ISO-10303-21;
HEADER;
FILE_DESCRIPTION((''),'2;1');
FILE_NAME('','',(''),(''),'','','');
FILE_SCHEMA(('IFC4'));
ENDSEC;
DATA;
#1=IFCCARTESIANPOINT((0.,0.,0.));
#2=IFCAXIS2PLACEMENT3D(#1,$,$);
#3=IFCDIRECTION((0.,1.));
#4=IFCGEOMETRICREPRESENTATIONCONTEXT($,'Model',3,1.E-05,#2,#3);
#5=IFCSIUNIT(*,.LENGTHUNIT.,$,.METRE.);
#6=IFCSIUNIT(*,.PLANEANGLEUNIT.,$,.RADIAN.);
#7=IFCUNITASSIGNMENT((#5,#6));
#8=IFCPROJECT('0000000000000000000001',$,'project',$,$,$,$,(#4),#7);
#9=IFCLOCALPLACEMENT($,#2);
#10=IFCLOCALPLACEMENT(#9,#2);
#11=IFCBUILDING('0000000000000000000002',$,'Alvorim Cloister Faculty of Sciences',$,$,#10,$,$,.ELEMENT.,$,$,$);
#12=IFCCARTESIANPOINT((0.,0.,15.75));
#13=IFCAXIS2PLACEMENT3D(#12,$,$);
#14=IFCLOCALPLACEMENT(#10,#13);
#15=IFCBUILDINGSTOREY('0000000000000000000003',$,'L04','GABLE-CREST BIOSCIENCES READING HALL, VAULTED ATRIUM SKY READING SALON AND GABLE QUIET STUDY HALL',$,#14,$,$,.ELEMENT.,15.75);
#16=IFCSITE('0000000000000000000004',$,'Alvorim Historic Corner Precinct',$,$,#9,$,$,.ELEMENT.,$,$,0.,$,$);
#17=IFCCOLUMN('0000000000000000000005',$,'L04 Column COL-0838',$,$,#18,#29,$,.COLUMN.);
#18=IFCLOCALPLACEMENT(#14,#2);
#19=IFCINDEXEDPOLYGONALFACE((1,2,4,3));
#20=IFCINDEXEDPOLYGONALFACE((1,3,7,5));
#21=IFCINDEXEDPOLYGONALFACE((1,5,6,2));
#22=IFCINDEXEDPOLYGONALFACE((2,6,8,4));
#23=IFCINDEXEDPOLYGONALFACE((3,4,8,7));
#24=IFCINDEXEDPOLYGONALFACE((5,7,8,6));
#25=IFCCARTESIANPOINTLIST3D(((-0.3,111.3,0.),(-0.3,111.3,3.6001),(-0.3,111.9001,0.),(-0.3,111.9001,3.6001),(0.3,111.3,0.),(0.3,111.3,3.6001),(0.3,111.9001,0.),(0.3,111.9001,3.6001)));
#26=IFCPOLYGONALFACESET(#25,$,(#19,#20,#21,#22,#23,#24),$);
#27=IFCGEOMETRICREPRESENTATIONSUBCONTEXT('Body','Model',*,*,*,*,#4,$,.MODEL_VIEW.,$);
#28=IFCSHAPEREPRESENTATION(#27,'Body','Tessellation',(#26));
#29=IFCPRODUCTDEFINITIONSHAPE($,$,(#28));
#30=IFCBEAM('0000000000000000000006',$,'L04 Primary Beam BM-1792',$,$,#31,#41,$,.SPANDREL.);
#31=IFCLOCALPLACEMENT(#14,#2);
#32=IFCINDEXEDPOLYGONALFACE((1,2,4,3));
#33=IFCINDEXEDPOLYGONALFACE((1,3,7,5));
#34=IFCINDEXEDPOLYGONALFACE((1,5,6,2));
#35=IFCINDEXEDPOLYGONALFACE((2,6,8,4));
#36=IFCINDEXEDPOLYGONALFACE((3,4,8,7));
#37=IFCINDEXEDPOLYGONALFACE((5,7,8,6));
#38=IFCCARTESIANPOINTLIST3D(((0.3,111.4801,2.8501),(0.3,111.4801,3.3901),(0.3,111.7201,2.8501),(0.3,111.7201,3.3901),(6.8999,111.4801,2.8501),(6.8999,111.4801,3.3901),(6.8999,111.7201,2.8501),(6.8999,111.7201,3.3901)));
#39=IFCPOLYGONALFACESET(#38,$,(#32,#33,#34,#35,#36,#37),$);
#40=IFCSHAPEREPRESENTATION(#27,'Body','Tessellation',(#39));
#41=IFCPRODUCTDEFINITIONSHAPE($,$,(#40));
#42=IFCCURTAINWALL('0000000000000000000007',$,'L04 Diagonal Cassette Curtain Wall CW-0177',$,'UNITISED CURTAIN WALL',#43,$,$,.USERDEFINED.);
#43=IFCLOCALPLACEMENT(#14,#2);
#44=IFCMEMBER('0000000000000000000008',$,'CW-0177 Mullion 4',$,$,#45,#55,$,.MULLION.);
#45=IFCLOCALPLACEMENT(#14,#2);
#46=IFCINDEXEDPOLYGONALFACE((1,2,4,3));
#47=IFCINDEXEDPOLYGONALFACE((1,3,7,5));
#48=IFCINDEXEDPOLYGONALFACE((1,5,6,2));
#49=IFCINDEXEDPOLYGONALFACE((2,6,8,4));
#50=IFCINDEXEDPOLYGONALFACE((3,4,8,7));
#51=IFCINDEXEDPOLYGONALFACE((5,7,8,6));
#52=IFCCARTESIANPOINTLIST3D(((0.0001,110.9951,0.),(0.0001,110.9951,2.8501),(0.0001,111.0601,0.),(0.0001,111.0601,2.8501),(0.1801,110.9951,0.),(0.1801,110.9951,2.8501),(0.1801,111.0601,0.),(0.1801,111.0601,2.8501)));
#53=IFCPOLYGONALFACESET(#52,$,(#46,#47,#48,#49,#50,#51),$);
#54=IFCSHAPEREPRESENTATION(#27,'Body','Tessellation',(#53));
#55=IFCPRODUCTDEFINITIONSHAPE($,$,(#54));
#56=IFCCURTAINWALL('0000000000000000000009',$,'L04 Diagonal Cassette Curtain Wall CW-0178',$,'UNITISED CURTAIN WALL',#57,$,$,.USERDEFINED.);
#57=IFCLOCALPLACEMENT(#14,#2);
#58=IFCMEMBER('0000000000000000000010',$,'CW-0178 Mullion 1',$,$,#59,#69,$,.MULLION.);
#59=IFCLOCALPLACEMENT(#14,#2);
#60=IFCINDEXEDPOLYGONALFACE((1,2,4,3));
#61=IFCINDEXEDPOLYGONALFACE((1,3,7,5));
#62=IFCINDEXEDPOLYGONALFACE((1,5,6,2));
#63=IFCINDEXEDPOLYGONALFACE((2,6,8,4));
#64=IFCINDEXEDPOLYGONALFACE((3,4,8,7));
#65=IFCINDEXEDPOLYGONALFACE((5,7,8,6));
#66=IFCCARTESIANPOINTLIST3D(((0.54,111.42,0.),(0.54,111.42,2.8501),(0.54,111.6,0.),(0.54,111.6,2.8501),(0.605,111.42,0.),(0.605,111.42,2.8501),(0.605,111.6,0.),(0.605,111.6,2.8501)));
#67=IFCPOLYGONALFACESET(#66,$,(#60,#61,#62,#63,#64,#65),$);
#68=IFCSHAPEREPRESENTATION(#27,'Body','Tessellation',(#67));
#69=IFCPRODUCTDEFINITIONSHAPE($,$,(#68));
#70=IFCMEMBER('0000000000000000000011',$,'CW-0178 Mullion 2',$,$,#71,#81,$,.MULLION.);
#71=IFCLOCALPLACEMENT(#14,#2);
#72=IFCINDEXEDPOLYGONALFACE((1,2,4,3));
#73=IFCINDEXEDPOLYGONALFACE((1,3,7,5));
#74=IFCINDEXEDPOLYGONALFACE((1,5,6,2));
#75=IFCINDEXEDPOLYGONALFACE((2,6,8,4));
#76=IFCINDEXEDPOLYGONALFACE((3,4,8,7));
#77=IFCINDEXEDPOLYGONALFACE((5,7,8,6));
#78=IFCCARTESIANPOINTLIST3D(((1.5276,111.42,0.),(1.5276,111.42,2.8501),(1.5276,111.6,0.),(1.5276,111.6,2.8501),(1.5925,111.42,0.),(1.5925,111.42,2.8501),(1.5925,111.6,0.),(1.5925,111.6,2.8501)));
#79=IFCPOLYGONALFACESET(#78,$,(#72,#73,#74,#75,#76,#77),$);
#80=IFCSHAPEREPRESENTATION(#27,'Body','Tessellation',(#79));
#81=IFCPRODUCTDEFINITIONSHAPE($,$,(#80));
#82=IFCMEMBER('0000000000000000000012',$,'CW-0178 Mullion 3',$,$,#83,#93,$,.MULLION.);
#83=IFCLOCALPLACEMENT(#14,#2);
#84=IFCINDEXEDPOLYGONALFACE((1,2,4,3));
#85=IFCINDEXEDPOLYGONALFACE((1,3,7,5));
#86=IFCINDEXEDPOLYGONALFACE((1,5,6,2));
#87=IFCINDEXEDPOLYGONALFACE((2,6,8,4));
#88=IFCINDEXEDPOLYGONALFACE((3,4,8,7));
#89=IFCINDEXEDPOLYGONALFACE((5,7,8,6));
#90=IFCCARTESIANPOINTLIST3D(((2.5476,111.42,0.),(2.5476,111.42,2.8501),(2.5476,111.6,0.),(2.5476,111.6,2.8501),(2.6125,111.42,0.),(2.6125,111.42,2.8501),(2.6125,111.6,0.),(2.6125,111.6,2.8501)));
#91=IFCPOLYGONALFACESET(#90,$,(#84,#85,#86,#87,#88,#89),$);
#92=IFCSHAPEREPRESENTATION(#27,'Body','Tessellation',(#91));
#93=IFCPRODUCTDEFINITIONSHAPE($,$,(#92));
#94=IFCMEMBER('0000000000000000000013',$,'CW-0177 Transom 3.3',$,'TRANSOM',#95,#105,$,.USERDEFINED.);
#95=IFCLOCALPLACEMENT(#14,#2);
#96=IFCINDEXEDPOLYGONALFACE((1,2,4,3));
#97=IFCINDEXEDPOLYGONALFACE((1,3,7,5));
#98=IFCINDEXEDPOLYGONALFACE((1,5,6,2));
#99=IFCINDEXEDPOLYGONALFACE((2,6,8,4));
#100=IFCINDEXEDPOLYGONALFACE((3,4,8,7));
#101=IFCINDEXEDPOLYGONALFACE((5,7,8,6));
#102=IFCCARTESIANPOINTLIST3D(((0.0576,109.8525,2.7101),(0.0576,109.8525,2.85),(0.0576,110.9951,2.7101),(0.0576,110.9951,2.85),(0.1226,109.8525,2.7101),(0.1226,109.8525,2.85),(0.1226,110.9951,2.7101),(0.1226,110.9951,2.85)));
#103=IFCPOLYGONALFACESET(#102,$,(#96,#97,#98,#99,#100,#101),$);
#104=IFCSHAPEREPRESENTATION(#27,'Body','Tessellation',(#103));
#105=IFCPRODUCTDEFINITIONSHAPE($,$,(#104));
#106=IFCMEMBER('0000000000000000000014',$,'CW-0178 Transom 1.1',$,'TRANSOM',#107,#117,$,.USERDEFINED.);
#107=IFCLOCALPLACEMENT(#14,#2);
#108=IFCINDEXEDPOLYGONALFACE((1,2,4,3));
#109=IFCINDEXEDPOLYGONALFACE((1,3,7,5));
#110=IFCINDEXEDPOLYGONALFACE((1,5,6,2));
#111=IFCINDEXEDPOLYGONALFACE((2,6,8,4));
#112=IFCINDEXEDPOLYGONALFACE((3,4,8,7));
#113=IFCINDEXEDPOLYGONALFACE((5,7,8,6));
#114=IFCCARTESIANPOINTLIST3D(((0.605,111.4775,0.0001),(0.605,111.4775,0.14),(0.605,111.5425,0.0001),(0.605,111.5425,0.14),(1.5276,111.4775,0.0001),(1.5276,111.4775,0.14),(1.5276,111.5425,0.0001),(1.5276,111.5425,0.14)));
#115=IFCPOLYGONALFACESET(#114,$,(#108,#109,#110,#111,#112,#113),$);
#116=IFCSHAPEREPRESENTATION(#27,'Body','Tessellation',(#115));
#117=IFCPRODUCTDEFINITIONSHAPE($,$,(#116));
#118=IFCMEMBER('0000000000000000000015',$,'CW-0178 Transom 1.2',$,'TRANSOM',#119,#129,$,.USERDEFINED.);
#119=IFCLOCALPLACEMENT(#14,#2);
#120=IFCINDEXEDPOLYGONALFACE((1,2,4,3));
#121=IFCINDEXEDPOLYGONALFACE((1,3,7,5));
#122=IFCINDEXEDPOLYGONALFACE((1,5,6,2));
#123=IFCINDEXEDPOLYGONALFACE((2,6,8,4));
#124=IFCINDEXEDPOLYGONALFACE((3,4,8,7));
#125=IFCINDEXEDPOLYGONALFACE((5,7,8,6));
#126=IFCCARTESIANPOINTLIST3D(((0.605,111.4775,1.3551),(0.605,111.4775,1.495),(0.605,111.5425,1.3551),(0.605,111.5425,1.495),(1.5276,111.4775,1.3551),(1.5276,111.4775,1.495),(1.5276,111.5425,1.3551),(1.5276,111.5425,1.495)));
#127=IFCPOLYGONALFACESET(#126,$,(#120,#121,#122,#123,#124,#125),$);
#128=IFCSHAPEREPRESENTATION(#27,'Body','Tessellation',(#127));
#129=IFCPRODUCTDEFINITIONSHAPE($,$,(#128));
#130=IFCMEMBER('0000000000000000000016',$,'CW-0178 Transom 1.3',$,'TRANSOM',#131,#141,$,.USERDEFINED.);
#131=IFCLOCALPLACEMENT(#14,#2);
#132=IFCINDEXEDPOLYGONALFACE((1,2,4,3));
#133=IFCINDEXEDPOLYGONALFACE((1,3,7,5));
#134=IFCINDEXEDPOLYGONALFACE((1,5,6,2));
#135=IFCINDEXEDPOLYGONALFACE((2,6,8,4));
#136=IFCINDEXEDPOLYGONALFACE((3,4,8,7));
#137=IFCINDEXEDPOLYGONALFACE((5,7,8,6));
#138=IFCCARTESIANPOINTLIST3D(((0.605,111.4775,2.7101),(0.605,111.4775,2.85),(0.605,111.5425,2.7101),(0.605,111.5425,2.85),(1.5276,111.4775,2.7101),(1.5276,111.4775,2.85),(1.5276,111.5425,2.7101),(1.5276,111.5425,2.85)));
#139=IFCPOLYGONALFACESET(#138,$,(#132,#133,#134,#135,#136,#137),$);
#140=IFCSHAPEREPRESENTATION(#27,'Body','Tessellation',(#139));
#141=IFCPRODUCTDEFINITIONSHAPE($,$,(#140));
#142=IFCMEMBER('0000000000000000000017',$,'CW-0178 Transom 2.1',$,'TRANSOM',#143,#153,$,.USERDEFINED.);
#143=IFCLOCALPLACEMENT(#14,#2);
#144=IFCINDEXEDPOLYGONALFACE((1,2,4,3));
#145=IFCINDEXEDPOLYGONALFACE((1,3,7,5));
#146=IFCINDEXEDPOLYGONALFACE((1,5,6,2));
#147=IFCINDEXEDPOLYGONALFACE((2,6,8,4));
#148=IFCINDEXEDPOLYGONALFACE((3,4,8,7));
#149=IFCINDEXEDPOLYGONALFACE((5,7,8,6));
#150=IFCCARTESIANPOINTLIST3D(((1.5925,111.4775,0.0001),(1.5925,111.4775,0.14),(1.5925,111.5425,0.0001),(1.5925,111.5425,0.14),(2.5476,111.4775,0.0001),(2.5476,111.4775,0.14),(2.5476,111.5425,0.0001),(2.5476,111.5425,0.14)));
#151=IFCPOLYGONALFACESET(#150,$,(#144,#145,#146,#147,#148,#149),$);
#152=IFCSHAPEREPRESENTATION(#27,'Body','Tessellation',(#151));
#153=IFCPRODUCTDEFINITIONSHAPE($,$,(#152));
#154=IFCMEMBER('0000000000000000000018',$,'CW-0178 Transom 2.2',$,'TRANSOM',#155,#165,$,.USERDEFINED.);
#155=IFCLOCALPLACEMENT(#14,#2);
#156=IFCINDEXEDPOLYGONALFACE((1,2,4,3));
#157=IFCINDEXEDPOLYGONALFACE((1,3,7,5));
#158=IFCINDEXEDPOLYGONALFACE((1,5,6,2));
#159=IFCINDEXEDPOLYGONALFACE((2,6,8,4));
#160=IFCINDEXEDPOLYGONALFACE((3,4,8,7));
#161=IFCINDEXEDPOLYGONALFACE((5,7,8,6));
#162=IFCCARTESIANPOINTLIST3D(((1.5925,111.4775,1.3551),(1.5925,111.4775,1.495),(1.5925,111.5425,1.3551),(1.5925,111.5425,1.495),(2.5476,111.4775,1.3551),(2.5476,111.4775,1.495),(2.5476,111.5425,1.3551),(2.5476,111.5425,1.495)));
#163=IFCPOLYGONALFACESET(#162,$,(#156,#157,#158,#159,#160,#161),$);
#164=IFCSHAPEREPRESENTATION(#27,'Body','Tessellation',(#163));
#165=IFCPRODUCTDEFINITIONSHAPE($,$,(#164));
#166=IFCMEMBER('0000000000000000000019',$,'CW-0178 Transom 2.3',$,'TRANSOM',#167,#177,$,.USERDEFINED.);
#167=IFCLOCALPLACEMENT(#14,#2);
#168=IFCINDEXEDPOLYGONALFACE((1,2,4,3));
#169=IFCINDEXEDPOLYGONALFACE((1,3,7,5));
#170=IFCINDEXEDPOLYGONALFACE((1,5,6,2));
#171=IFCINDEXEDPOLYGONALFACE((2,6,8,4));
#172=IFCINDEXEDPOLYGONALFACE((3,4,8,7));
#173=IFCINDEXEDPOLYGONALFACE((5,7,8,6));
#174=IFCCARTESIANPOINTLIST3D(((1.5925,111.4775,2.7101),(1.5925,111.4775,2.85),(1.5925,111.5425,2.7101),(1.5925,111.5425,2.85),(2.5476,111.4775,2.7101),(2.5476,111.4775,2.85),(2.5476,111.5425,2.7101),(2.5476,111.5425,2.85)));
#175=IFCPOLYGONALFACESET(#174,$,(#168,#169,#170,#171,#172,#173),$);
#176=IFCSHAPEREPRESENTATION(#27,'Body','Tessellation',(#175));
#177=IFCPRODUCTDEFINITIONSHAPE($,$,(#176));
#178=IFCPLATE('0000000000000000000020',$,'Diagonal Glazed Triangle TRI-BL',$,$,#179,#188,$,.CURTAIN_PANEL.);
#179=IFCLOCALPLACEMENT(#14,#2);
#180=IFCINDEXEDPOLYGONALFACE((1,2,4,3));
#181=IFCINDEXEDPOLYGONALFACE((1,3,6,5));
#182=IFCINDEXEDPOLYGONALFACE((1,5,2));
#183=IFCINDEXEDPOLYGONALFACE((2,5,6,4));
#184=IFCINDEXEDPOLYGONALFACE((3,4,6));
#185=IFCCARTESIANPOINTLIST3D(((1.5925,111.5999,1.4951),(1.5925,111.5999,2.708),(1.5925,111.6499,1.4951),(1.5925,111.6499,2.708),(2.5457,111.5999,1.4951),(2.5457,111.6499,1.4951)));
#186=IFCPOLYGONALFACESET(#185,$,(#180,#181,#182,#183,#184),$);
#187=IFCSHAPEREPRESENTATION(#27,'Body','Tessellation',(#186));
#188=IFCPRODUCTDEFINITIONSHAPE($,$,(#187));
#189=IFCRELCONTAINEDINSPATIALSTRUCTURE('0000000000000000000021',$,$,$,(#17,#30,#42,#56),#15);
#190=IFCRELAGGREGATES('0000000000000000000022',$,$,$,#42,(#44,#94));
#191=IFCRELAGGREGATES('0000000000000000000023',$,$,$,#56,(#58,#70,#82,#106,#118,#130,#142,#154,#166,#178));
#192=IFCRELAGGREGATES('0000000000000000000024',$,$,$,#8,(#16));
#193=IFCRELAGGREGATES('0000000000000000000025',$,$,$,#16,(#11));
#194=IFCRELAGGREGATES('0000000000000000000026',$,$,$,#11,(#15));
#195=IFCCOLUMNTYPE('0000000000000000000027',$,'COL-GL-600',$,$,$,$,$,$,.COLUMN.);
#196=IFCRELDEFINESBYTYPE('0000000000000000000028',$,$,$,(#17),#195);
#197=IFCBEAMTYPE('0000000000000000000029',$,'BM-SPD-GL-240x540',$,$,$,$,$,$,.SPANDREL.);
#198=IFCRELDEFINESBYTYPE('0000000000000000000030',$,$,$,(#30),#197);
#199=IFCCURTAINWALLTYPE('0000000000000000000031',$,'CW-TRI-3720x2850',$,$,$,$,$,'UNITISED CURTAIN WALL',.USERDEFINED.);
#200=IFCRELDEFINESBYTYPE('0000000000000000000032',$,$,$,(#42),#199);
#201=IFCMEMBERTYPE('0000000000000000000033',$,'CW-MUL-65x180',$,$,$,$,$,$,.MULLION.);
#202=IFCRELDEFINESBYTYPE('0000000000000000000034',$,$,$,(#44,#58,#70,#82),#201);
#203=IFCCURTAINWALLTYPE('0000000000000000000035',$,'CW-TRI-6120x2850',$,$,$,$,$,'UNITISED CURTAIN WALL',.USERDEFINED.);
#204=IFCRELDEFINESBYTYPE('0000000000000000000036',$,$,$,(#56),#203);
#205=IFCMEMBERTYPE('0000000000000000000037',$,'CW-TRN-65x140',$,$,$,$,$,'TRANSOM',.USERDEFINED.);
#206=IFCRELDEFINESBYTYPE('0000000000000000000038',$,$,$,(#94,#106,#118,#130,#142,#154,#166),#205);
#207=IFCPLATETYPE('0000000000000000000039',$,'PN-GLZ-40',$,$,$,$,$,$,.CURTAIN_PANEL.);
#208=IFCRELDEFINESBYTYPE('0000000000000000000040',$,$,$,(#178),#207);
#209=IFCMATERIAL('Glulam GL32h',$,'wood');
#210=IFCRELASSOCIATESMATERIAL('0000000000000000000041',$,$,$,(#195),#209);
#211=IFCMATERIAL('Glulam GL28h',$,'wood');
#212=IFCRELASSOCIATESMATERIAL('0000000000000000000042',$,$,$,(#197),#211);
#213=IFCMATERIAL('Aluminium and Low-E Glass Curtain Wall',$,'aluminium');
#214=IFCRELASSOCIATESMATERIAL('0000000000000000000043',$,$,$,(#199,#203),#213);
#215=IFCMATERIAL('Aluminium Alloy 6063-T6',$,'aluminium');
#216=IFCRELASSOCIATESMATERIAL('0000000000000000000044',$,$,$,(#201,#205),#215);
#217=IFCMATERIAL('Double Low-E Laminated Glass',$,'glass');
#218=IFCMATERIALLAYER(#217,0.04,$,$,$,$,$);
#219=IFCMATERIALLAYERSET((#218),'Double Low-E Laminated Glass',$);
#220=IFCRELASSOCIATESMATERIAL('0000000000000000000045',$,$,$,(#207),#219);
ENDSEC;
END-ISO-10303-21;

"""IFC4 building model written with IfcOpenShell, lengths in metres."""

from ifc_helpers import new_model, si_unit, direction, frame, origin, origin_2d, place, context, subcontext, project, spatial, polyline, rectangle, outline, extrude, material, layer, layer_set, material_profile, profile_set, type_object, element, aggregate, save


model = new_model("IFC4")

# Units and contexts
model_context = context("Model", 3, precision=1e-05, world=origin(), true_north=direction((0.0, 1.0)))
body_context = subcontext(model_context, "Body", "Model", "MODEL_VIEW")
ifc_project = project(units=[si_unit("LENGTHUNIT", "METRE"), si_unit("PLANEANGLEUNIT", "RADIAN")], contexts=[model_context])

# Site, building, storey
site_placement = place(None, origin())
site = spatial("IfcSite", under=ifc_project, at=site_placement, Name="Alvorim Historic Corner Precinct", CompositionType="ELEMENT", RefElevation=0.0)
building_placement = place(site_placement, origin())
building = spatial("IfcBuilding", under=site, at=building_placement, Name="Alvorim Cloister Faculty of Sciences", CompositionType="ELEMENT")
storey_placement = place(building_placement, frame((0.0, 0.0, 15.75)))
storey = spatial("IfcBuildingStorey", under=building, at=storey_placement, Name="L04", Description="GABLE-CREST BIOSCIENCES READING HALL, VAULTED ATRIUM SKY READING SALON AND GABLE QUIET STUDY HALL", CompositionType="ELEMENT", Elevation=15.75)

# Column
ifc_material_1 = material(Name="Glulam GL32h", Category="wood")
ifc_material_profile_1 = material_profile(ifc_material_1, rectangle(XDim=0.6001, YDim=0.6001, at=origin_2d()), Name="GL32-COL-600x600")
ifc_profile_set_1 = profile_set([ifc_material_profile_1], Name="Glulam GL32h")
column_type = type_object("IfcColumnType", Name="COL-GL-600", PredefinedType="COLUMN", material=ifc_profile_set_1)
column_placement = place(storey_placement, frame((0.0, 111.6001, 0.0), z_axis=(0.0, 0.0, 1.0), x_axis=(1.0, 0.0, 0.0)))
element("IfcColumn", 1, at=column_placement, inside=storey, type_object=column_type, Name="L04 Column COL-0838", PredefinedType="COLUMN", context=body_context, shape_type="SweptSolid", body=[
    extrude(rectangle(XDim=0.6001, YDim=0.6001, at=origin_2d()), origin(), (0.0, 0.0, 1.0), 3.6001),
])

# Beam
ifc_material_2 = material(Name="Glulam GL28h", Category="wood")
ifc_material_profile_2 = material_profile(ifc_material_2, rectangle(XDim=0.24, YDim=0.54, at=origin_2d()), Name="GL28-SPD-240x540")
ifc_profile_set_2 = profile_set([ifc_material_profile_2], Name="Glulam GL28h")
beam_type = type_object("IfcBeamType", Name="BM-SPD-GL-240x540", PredefinedType="SPANDREL", material=ifc_profile_set_2)
beam_placement = place(storey_placement, frame((0.3, 111.6001, 3.1201), z_axis=(1.0, 0.0, 0.0), x_axis=(0.0, 1.0, 0.0)))
element("IfcBeam", 2, at=beam_placement, inside=storey, type_object=beam_type, Name="L04 Primary Beam BM-1792", PredefinedType="SPANDREL", context=body_context, shape_type="SweptSolid", body=[
    extrude(rectangle(XDim=0.24, YDim=0.54, at=origin_2d()), origin(), (0.0, 0.0, 1.0), 6.5999),
])

# Curtain wall, member
ifc_material_3 = material(Name="Aluminium and Low-E Glass Curtain Wall", Category="aluminium")
curtain_wall_type_1 = type_object("IfcCurtainWallType", Name="CW-TRI-3720x2850", ElementType="UNITISED CURTAIN WALL", PredefinedType="USERDEFINED", material=ifc_material_3)
curtain_wall_1_placement = place(storey_placement, origin())
curtain_wall_1 = element("IfcCurtainWall", 3, at=curtain_wall_1_placement, inside=storey, type_object=curtain_wall_type_1, Name="L04 Diagonal Cassette Curtain Wall CW-0177", ObjectType="UNITISED CURTAIN WALL", PredefinedType="USERDEFINED")
ifc_material_4 = material(Name="Aluminium Alloy 6063-T6", Category="aluminium")
ifc_material_profile_3 = material_profile(ifc_material_4, rectangle(XDim=0.0649, YDim=0.1799, at=origin_2d()), Name="ALU-MUL-65x180")
ifc_profile_set_3 = profile_set([ifc_material_profile_3], Name="Aluminium Alloy 6063-T6")
member_type_1 = type_object("IfcMemberType", Name="CW-MUL-65x180", PredefinedType="MULLION", material=ifc_profile_set_3)
member_1_placement = place(storey_placement, frame((0.0901, 111.0276, 0.0), z_axis=(0.0, 0.0, 1.0), x_axis=(0.0, 1.0, 0.0)))
member_1 = element("IfcMember", 4, at=member_1_placement, type_object=member_type_1, Name="CW-0177 Mullion 4", PredefinedType="MULLION", context=body_context, shape_type="SweptSolid", body=[
    extrude(rectangle(XDim=0.0649, YDim=0.1799, at=origin_2d()), origin(), (0.0, 0.0, 1.0), 2.8501),
])

# Curtain wall, members
curtain_wall_type_2 = type_object("IfcCurtainWallType", Name="CW-TRI-6120x2850", ElementType="UNITISED CURTAIN WALL", PredefinedType="USERDEFINED", material=ifc_material_3)
curtain_wall_2_placement = place(storey_placement, origin())
curtain_wall_2 = element("IfcCurtainWall", 5, at=curtain_wall_2_placement, inside=storey, type_object=curtain_wall_type_2, Name="L04 Diagonal Cassette Curtain Wall CW-0178", ObjectType="UNITISED CURTAIN WALL", PredefinedType="USERDEFINED")
member_2_placement = place(storey_placement, frame((0.5725, 111.51, 0.0), z_axis=(0.0, 0.0, 1.0), x_axis=(1.0, 0.0, 0.0)))
member_2 = element("IfcMember", 6, at=member_2_placement, type_object=member_type_1, Name="CW-0178 Mullion 1", PredefinedType="MULLION", context=body_context, shape_type="SweptSolid", body=[
    extrude(rectangle(XDim=0.0649, YDim=0.1799, at=origin_2d()), origin(), (0.0, 0.0, 1.0), 2.8501),
])
member_3_placement = place(storey_placement, frame((1.5601, 111.51, 0.0), z_axis=(0.0, 0.0, 1.0), x_axis=(1.0, 0.0, 0.0)))
member_3 = element("IfcMember", 7, at=member_3_placement, type_object=member_type_1, Name="CW-0178 Mullion 2", PredefinedType="MULLION", context=body_context, shape_type="SweptSolid", body=[
    extrude(rectangle(XDim=0.0649, YDim=0.1799, at=origin_2d()), origin(), (0.0, 0.0, 1.0), 2.8501),
])
member_4_placement = place(storey_placement, frame((2.5801, 111.51, 0.0), z_axis=(0.0, 0.0, 1.0), x_axis=(1.0, 0.0, 0.0)))
member_4 = element("IfcMember", 8, at=member_4_placement, type_object=member_type_1, Name="CW-0178 Mullion 3", PredefinedType="MULLION", context=body_context, shape_type="SweptSolid", body=[
    extrude(rectangle(XDim=0.0649, YDim=0.1799, at=origin_2d()), origin(), (0.0, 0.0, 1.0), 2.8501),
])

# Members
ifc_material_profile_4 = material_profile(ifc_material_4, rectangle(XDim=0.0649, YDim=0.1399, at=origin_2d()), Name="ALU-TRN-65x140")
ifc_profile_set_4 = profile_set([ifc_material_profile_4], Name="Aluminium Alloy 6063-T6")
member_type_2 = type_object("IfcMemberType", Name="CW-TRN-65x140", ElementType="TRANSOM", PredefinedType="USERDEFINED", material=ifc_profile_set_4)
member_5_placement = place(storey_placement, frame((0.0901, 109.8525, 2.78), z_axis=(0.0, 1.0, 0.0), x_axis=(-1.0, 0.0, 0.0)))
member_5 = element("IfcMember", 9, at=member_5_placement, type_object=member_type_2, Name="CW-0177 Transom 3.3", ObjectType="TRANSOM", PredefinedType="USERDEFINED", context=body_context, shape_type="SweptSolid", body=[
    extrude(rectangle(XDim=0.0649, YDim=0.1399, at=origin_2d()), origin(), (0.0, 0.0, 1.0), 1.1426),
])
aggregate(curtain_wall_1, [member_1, member_5])
member_6_placement = place(storey_placement, frame((0.605, 111.51, 0.0701), z_axis=(1.0, 0.0, 0.0), x_axis=(0.0, 1.0, 0.0)))
member_6 = element("IfcMember", 10, at=member_6_placement, type_object=member_type_2, Name="CW-0178 Transom 1.1", ObjectType="TRANSOM", PredefinedType="USERDEFINED", context=body_context, shape_type="SweptSolid", body=[
    extrude(rectangle(XDim=0.0649, YDim=0.1399, at=origin_2d()), origin(), (0.0, 0.0, 1.0), 0.9226),
])
member_7_placement = place(storey_placement, frame((0.605, 111.51, 1.425), z_axis=(1.0, 0.0, 0.0), x_axis=(0.0, 1.0, 0.0)))
member_7 = element("IfcMember", 11, at=member_7_placement, type_object=member_type_2, Name="CW-0178 Transom 1.2", ObjectType="TRANSOM", PredefinedType="USERDEFINED", context=body_context, shape_type="SweptSolid", body=[
    extrude(rectangle(XDim=0.0649, YDim=0.1399, at=origin_2d()), origin(), (0.0, 0.0, 1.0), 0.9226),
])
member_8_placement = place(storey_placement, frame((0.605, 111.51, 2.78), z_axis=(1.0, 0.0, 0.0), x_axis=(0.0, 1.0, 0.0)))
member_8 = element("IfcMember", 12, at=member_8_placement, type_object=member_type_2, Name="CW-0178 Transom 1.3", ObjectType="TRANSOM", PredefinedType="USERDEFINED", context=body_context, shape_type="SweptSolid", body=[
    extrude(rectangle(XDim=0.0649, YDim=0.1399, at=origin_2d()), origin(), (0.0, 0.0, 1.0), 0.9226),
])
member_9_placement = place(storey_placement, frame((1.5925, 111.51, 0.0701), z_axis=(1.0, 0.0, 0.0), x_axis=(0.0, 1.0, 0.0)))
member_9 = element("IfcMember", 13, at=member_9_placement, type_object=member_type_2, Name="CW-0178 Transom 2.1", ObjectType="TRANSOM", PredefinedType="USERDEFINED", context=body_context, shape_type="SweptSolid", body=[
    extrude(rectangle(XDim=0.0649, YDim=0.1399, at=origin_2d()), origin(), (0.0, 0.0, 1.0), 0.9551),
])
member_10_placement = place(storey_placement, frame((1.5925, 111.51, 1.425), z_axis=(1.0, 0.0, 0.0), x_axis=(0.0, 1.0, 0.0)))
member_10 = element("IfcMember", 14, at=member_10_placement, type_object=member_type_2, Name="CW-0178 Transom 2.2", ObjectType="TRANSOM", PredefinedType="USERDEFINED", context=body_context, shape_type="SweptSolid", body=[
    extrude(rectangle(XDim=0.0649, YDim=0.1399, at=origin_2d()), origin(), (0.0, 0.0, 1.0), 0.9551),
])
member_11_placement = place(storey_placement, frame((1.5925, 111.51, 2.78), z_axis=(1.0, 0.0, 0.0), x_axis=(0.0, 1.0, 0.0)))
member_11 = element("IfcMember", 15, at=member_11_placement, type_object=member_type_2, Name="CW-0178 Transom 2.3", ObjectType="TRANSOM", PredefinedType="USERDEFINED", context=body_context, shape_type="SweptSolid", body=[
    extrude(rectangle(XDim=0.0649, YDim=0.1399, at=origin_2d()), origin(), (0.0, 0.0, 1.0), 0.9551),
])

# Plate
ifc_material_5 = material(Name="Double Low-E Laminated Glass", Category="glass")
ifc_layer_1 = layer(ifc_material_5, 0.04)
ifc_layer_set_1 = layer_set([ifc_layer_1], Name="Double Low-E Laminated Glass")
plate_type = type_object("IfcPlateType", Name="PN-GLZ-40", PredefinedType="CURTAIN_PANEL", material=ifc_layer_set_1)
plate_1_placement = place(storey_placement, frame((1.5925, 111.625, 1.4951), z_axis=(0.0, 0.0, 1.0), x_axis=(1.0, 0.0, 0.0)))
plate_1 = element("IfcPlate", 16, at=plate_1_placement, type_object=plate_type, Name="Diagonal Glazed Triangle TRI-BL", PredefinedType="CURTAIN_PANEL", context=body_context, shape_type="SweptSolid", body=[
    extrude(outline(polyline([(0.0, 0.0), (0.9531, 0.0), (0.0, 1.2129), (0.0, 0.0)])), frame((0.0, 0.0249, 0.0), z_axis=(0.0, -1.0, 0.0), x_axis=(1.0, 0.0, 0.0)), (0.0, 0.0, 1.0), 0.05),
])
aggregate(curtain_wall_2, [member_2, member_3, member_4, member_6, member_7, member_8, member_9, member_10, member_11, plate_1])

save(model, "model.ifc")
